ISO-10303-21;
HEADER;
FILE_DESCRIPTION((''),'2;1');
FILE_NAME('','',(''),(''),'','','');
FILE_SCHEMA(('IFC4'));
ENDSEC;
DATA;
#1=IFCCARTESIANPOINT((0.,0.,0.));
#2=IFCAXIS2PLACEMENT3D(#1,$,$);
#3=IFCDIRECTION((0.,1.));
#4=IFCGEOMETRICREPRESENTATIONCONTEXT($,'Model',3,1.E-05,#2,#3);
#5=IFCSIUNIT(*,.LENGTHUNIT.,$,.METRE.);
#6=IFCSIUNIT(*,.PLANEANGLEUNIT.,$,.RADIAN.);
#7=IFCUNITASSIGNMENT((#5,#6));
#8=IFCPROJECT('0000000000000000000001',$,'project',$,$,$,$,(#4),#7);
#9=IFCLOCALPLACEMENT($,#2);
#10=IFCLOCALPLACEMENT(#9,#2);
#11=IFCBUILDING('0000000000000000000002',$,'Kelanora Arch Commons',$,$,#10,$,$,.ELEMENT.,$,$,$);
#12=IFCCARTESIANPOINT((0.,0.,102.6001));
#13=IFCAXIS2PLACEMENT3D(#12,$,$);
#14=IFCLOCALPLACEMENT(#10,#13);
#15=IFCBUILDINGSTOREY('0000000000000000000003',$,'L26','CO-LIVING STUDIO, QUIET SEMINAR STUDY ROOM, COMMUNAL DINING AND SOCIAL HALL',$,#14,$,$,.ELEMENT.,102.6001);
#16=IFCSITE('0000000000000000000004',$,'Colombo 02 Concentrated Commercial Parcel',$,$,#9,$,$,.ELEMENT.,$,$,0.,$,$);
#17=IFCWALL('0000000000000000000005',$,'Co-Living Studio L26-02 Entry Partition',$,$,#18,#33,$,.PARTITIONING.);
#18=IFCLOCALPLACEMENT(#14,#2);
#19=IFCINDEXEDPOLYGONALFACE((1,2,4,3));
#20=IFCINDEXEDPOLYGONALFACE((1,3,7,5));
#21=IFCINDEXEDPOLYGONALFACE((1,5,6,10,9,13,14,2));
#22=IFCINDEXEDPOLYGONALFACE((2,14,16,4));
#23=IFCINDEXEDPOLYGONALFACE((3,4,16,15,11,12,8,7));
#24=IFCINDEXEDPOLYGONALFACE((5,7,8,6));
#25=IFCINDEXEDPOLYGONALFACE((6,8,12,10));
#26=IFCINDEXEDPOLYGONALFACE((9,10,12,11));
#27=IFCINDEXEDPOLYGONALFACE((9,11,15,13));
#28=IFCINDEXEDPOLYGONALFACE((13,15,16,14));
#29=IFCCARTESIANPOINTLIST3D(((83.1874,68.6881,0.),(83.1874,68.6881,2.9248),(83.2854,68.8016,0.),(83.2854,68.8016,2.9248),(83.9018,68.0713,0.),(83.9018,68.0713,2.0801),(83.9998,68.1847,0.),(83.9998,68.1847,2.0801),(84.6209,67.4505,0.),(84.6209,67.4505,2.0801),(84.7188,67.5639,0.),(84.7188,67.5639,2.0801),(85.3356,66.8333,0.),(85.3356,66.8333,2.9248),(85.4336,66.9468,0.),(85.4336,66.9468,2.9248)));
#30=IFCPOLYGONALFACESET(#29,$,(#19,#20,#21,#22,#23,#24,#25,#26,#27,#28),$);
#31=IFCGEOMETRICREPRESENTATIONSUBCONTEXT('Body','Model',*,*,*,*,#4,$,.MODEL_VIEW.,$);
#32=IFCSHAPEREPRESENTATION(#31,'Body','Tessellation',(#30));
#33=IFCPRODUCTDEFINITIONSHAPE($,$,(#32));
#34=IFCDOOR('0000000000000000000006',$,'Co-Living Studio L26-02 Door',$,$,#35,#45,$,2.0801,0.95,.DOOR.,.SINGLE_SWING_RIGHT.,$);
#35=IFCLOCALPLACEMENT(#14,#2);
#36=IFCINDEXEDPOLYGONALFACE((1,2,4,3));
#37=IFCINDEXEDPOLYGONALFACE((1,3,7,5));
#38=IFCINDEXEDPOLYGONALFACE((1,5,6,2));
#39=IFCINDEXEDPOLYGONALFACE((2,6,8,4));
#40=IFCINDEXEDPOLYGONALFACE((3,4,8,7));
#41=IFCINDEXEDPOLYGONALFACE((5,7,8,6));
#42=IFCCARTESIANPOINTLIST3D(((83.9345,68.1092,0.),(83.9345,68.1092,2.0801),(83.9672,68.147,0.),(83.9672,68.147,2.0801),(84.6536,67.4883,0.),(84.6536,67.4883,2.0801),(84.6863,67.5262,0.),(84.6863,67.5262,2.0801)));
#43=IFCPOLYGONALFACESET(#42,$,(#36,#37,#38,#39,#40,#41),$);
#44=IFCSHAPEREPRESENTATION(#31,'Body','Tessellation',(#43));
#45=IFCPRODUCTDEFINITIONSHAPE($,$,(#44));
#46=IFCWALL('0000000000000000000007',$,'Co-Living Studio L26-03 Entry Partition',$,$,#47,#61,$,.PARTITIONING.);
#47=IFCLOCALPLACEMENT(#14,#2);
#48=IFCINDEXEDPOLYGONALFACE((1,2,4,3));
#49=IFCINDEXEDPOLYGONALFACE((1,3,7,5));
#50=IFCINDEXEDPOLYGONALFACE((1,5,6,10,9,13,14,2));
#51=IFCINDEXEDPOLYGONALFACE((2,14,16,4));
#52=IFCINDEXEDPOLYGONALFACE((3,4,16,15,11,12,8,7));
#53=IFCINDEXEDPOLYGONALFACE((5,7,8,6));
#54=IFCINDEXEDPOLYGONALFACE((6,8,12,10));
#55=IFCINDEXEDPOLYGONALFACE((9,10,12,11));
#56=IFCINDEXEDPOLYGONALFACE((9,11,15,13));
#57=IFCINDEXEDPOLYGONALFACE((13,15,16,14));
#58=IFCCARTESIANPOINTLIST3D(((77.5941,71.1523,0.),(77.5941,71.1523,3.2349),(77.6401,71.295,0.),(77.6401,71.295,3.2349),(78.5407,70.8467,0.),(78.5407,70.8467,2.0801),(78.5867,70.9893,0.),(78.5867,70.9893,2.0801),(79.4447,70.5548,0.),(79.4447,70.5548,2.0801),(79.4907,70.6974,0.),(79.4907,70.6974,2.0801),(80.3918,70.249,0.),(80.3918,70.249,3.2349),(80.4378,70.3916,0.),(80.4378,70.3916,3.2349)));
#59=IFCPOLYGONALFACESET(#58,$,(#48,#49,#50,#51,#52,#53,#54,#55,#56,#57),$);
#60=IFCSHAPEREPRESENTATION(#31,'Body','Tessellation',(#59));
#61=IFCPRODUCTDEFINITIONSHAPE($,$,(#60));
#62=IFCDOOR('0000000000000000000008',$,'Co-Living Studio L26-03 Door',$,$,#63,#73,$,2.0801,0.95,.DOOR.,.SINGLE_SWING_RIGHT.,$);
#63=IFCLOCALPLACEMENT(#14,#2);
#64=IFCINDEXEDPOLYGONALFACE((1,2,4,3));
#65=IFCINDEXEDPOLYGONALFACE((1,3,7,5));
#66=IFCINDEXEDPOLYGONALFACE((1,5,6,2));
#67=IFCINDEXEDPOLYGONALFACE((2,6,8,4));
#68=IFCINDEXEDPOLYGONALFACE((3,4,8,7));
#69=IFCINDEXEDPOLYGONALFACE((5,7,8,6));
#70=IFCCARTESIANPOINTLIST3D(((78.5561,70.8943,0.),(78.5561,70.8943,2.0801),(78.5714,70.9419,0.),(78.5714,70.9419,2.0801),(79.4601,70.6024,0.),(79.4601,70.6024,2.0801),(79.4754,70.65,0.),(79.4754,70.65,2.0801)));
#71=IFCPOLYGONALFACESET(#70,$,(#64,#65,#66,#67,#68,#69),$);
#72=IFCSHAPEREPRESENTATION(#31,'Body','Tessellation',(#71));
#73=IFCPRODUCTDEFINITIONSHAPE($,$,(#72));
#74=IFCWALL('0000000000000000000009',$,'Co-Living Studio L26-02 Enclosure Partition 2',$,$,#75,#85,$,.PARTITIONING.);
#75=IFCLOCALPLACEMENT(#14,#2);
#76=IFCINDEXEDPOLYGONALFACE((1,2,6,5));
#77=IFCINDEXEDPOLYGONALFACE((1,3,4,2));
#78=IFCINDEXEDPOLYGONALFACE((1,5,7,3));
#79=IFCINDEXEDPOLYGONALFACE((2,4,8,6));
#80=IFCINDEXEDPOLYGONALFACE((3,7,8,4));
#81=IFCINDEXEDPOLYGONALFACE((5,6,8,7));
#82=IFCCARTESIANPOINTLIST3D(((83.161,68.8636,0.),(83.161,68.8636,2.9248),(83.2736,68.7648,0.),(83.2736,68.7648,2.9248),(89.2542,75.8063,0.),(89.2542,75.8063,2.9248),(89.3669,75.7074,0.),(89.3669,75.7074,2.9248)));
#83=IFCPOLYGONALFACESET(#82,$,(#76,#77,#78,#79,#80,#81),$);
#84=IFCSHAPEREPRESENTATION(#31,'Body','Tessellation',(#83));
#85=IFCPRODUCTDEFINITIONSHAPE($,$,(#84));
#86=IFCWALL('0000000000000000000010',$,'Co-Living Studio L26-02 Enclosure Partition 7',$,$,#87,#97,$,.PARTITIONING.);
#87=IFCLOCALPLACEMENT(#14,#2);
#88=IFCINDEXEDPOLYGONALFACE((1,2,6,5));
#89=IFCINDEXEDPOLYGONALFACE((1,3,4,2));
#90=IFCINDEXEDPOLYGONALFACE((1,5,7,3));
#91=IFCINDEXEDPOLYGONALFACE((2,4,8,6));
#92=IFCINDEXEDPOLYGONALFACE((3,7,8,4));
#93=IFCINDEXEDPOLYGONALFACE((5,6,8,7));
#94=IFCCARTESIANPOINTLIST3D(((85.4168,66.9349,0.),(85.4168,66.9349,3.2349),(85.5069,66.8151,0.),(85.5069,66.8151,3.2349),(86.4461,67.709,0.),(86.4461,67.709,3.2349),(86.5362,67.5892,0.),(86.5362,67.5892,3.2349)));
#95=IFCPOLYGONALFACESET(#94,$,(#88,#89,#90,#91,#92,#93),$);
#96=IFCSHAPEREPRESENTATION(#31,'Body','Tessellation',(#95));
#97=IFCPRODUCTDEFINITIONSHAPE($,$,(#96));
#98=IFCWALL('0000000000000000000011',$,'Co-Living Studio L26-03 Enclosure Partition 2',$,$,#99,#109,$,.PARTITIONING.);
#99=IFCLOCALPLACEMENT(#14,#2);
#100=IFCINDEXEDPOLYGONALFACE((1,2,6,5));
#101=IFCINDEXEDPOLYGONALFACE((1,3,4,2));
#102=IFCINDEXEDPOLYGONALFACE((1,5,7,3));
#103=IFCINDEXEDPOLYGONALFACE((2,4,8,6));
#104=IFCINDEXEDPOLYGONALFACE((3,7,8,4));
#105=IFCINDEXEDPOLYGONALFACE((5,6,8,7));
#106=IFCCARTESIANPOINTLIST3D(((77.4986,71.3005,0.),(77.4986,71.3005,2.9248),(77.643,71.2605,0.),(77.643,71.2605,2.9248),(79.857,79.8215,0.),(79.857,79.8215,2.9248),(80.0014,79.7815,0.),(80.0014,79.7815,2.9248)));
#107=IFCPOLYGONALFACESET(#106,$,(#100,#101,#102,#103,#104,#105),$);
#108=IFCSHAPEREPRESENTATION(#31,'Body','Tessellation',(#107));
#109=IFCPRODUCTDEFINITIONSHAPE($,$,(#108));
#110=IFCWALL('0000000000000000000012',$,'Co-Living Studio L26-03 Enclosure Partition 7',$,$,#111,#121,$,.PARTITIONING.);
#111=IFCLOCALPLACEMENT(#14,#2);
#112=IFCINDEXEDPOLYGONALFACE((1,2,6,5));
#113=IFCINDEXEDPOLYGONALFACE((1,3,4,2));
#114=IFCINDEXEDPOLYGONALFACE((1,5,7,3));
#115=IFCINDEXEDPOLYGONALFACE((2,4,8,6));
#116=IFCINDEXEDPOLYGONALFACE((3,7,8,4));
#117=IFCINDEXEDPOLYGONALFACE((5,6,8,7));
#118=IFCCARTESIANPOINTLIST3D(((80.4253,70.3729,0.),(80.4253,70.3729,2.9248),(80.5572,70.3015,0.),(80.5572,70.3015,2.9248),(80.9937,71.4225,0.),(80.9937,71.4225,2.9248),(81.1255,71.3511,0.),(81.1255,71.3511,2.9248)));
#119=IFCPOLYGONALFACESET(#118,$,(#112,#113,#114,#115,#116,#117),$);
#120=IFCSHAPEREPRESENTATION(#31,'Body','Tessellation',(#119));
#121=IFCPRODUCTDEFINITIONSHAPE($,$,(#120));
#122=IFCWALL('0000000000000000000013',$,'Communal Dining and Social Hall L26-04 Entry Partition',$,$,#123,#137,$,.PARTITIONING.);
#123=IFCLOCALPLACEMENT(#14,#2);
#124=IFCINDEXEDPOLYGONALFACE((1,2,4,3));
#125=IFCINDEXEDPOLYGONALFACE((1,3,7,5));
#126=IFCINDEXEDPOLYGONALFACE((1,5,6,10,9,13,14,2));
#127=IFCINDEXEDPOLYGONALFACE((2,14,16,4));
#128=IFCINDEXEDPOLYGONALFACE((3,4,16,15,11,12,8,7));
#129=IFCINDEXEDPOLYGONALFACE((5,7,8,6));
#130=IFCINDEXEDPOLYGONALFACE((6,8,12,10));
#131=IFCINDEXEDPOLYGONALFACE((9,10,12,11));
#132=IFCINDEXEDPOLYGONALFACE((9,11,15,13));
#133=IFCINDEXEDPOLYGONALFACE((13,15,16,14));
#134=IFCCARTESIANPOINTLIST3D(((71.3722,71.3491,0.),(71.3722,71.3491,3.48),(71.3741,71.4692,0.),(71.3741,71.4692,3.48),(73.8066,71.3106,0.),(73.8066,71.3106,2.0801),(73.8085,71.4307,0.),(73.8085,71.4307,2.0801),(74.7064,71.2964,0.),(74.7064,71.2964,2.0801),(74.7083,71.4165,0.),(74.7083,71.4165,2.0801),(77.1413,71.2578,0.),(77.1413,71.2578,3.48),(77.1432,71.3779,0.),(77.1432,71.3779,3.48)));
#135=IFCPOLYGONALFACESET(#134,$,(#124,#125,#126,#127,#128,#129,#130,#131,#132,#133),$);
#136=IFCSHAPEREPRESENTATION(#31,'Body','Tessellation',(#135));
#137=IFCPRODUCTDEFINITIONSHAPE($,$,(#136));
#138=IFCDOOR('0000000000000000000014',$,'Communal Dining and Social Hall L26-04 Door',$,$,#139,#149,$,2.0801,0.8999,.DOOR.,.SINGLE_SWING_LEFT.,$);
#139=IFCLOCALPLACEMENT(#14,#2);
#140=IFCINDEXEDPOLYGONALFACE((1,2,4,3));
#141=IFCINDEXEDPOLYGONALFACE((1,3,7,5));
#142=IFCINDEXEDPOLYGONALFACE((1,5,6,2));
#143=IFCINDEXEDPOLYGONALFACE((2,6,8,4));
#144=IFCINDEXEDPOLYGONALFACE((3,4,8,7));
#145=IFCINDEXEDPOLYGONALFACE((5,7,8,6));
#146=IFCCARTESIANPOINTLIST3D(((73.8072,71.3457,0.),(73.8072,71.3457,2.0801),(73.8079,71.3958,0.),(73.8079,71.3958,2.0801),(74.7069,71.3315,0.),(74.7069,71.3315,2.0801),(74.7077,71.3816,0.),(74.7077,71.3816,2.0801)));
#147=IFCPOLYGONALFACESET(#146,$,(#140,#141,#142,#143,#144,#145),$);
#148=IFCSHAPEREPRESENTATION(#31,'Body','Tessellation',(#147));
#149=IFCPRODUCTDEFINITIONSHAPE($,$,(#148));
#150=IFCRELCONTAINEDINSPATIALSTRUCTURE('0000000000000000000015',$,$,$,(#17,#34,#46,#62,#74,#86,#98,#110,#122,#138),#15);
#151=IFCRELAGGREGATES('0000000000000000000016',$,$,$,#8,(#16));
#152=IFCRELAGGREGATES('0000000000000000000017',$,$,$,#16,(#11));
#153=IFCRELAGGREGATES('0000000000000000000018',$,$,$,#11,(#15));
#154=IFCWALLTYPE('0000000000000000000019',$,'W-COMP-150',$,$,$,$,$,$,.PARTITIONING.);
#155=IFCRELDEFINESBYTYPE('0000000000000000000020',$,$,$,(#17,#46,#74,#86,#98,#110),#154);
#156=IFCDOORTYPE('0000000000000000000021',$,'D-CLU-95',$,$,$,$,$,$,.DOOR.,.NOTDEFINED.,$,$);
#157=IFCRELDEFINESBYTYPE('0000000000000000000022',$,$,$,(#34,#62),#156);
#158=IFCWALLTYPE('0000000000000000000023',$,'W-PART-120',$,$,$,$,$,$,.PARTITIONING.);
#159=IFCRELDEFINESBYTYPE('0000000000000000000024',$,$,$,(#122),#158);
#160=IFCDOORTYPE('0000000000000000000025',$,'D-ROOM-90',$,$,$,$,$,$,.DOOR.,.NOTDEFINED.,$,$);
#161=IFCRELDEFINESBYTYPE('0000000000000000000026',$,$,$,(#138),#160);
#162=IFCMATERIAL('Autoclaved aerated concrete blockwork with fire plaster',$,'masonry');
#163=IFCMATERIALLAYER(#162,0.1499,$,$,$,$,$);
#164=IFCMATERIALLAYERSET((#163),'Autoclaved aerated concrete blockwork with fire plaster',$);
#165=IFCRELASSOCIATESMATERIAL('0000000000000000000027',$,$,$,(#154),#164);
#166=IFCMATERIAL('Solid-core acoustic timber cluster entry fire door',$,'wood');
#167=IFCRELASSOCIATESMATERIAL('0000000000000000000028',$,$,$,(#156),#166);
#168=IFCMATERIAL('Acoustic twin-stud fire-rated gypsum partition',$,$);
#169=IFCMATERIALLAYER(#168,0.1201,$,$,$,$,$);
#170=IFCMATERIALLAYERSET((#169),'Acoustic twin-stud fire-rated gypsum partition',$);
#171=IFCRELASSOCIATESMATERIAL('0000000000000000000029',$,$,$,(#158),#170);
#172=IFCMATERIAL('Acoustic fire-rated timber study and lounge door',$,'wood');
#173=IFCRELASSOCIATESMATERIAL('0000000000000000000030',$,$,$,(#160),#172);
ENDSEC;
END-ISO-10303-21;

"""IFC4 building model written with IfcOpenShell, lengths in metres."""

from ifc_helpers import new_model, si_unit, direction, frame, frame_2d, origin, place, context, subcontext, project, spatial, rectangle, extrude, material, layer, layer_set, type_object, element, fill, save


model = new_model("IFC4")

# Units and contexts
model_context = context("Model", 3, precision=1e-05, world=origin(), true_north=direction((0.0, 1.0)))
body_context = subcontext(model_context, "Body", "Model", "MODEL_VIEW")
ifc_project = project(units=[si_unit("LENGTHUNIT", "METRE"), si_unit("PLANEANGLEUNIT", "RADIAN")], contexts=[model_context])

# Site, building, storey
site_placement = place(None, origin())
site = spatial("IfcSite", under=ifc_project, at=site_placement, Name="Colombo 02 Concentrated Commercial Parcel", CompositionType="ELEMENT", RefElevation=0.0)
building_placement = place(site_placement, origin())
building = spatial("IfcBuilding", under=site, at=building_placement, Name="Kelanora Arch Commons", CompositionType="ELEMENT")
storey_placement = place(building_placement, frame((0.0, 0.0, 102.6001)))
storey = spatial("IfcBuildingStorey", under=building, at=storey_placement, Name="L26", Description="CO-LIVING STUDIO, QUIET SEMINAR STUDY ROOM, COMMUNAL DINING AND SOCIAL HALL", CompositionType="ELEMENT", Elevation=102.6001)

# Walls, openings, doors
ifc_material_1 = material(Name="Autoclaved aerated concrete blockwork with fire plaster", Category="masonry")
ifc_layer_1 = layer(ifc_material_1, 0.1499)
ifc_layer_set_1 = layer_set([ifc_layer_1], Name="Autoclaved aerated concrete blockwork with fire plaster")
wall_type_1 = type_object("IfcWallType", Name="W-COMP-150", PredefinedType="PARTITIONING", material=ifc_layer_set_1)
wall_1_placement = place(storey_placement, frame((85.3845, 66.8901, 0.0), z_axis=(0.0, 0.0, 1.0), x_axis=(-0.756914, 0.653515, 0.0)))
wall_1 = element("IfcWall", 1, at=wall_1_placement, inside=storey, type_object=wall_type_1, Name="Co-Living Studio L26-02 Entry Partition", PredefinedType="PARTITIONING", context=body_context, shape_type="SweptSolid", body=[
    extrude(rectangle(XDim=2.8381, YDim=0.1499, at=frame_2d((1.4189, 0.0))), origin(), (0.0, 0.0, 1.0), 2.9248),
])
opening_1_placement = place(wall_1_placement, frame((0.9441, 0.0, 0.0)))
opening_1 = element("IfcOpeningElement", 2, at=opening_1_placement, cuts=wall_1, PredefinedType="OPENING", context=body_context, shape_type="SweptSolid", body=[
    extrude(rectangle(XDim=0.95, YDim=2.0801, at=frame_2d((0.4751, 1.04))), frame((0.0, 0.085, 0.0), z_axis=(0.0, -1.0, 0.0), x_axis=(1.0, 0.0, 0.0)), (0.0, 0.0, 1.0), 0.1699),
])
ifc_material_2 = material(Name="Solid-core acoustic timber cluster entry fire door", Category="wood")
door_type_1 = type_object("IfcDoorType", Name="D-CLU-95", OperationType="NOTDEFINED", PredefinedType="DOOR", material=ifc_material_2)
door_1_placement = place(opening_1_placement, origin())
door_1 = element("IfcDoor", 3, at=door_1_placement, inside=storey, type_object=door_type_1, Name="Co-Living Studio L26-02 Door", OperationType="SINGLE_SWING_RIGHT", OverallHeight=2.0801, OverallWidth=0.95, PredefinedType="DOOR", context=body_context, shape_type="SweptSolid", body=[
    extrude(rectangle(XDim=0.95, YDim=2.0801, at=frame_2d((0.4751, 1.04))), frame((0.0, 0.0249, 0.0), z_axis=(0.0, -1.0, 0.0), x_axis=(1.0, 0.0, 0.0)), (0.0, 0.0, 1.0), 0.05),
])
fill(opening_1, door_1)
wall_2_placement = place(storey_placement, frame((80.4148, 70.3203, 0.0), z_axis=(0.0, 0.0, 1.0), x_axis=(-0.951622, 0.30727, 0.0)))
wall_2 = element("IfcWall", 4, at=wall_2_placement, inside=storey, type_object=wall_type_1, Name="Co-Living Studio L26-03 Entry Partition", PredefinedType="PARTITIONING", context=body_context, shape_type="SweptSolid", body=[
    extrude(rectangle(XDim=2.9399, YDim=0.1499, at=frame_2d((1.47, 0.0))), origin(), (0.0, 0.0, 1.0), 3.2349),
])
opening_2_placement = place(wall_2_placement, frame((0.9951, 0.0, 0.0)))
opening_2 = element("IfcOpeningElement", 5, at=opening_2_placement, cuts=wall_2, PredefinedType="OPENING", context=body_context, shape_type="SweptSolid", body=[
    extrude(rectangle(XDim=0.95, YDim=2.0801, at=frame_2d((0.4751, 1.04))), frame((0.0, 0.085, 0.0), z_axis=(0.0, -1.0, 0.0), x_axis=(1.0, 0.0, 0.0)), (0.0, 0.0, 1.0), 0.1699),
])
door_2_placement = place(opening_2_placement, origin())
door_2 = element("IfcDoor", 6, at=door_2_placement, inside=storey, type_object=door_type_1, Name="Co-Living Studio L26-03 Door", OperationType="SINGLE_SWING_RIGHT", OverallHeight=2.0801, OverallWidth=0.95, PredefinedType="DOOR", context=body_context, shape_type="SweptSolid", body=[
    extrude(rectangle(XDim=0.95, YDim=2.0801, at=frame_2d((0.4751, 1.04))), frame((0.0, 0.0249, 0.0), z_axis=(0.0, -1.0, 0.0), x_axis=(1.0, 0.0, 0.0)), (0.0, 0.0, 1.0), 0.05),
])
fill(opening_2, door_2)

# Walls
wall_3_placement = place(storey_placement, frame((83.2173, 68.8142, 0.0), z_axis=(0.0, 0.0, 1.0), x_axis=(0.659636, 0.751585, 0.0)))
element("IfcWall", 7, at=wall_3_placement, inside=storey, type_object=wall_type_1, Name="Co-Living Studio L26-02 Enclosure Partition 2", PredefinedType="PARTITIONING", context=body_context, shape_type="SweptSolid", body=[
    extrude(rectangle(XDim=9.2373, YDim=0.1499, at=frame_2d((4.6187, 0.0))), origin(), (0.0, 0.0, 1.0), 2.9248),
])
wall_4_placement = place(storey_placement, frame((86.4912, 67.6492, 0.0), z_axis=(0.0, 0.0, 1.0), x_axis=(-0.79918, -0.601091, 0.0)))
element("IfcWall", 8, at=wall_4_placement, inside=storey, type_object=wall_type_1, Name="Co-Living Studio L26-02 Enclosure Partition 7", PredefinedType="PARTITIONING", context=body_context, shape_type="SweptSolid", body=[
    extrude(rectangle(XDim=1.2878, YDim=0.1499, at=frame_2d((0.644, 0.0))), origin(), (0.0, 0.0, 1.0), 3.2349),
])
wall_5_placement = place(storey_placement, frame((77.5708, 71.2805, 0.0), z_axis=(0.0, 0.0, 1.0), x_axis=(0.266747, 0.963767, 0.0)))
element("IfcWall", 9, at=wall_5_placement, inside=storey, type_object=wall_type_1, Name="Co-Living Studio L26-03 Enclosure Partition 2", PredefinedType="PARTITIONING", context=body_context, shape_type="SweptSolid", body=[
    extrude(rectangle(XDim=8.8413, YDim=0.1499, at=frame_2d((4.4207, 0.0))), origin(), (0.0, 0.0, 1.0), 2.9248),
])
wall_6_placement = place(storey_placement, frame((81.0596, 71.3867, 0.0), z_axis=(0.0, 0.0, 1.0), x_axis=(-0.476184, -0.879346, 0.0)))
element("IfcWall", 10, at=wall_6_placement, inside=storey, type_object=wall_type_1, Name="Co-Living Studio L26-03 Enclosure Partition 7", PredefinedType="PARTITIONING", context=body_context, shape_type="SweptSolid", body=[
    extrude(rectangle(XDim=1.1936, YDim=0.1499, at=frame_2d((0.5967, 0.0))), origin(), (0.0, 0.0, 1.0), 2.9248),
])

# Wall, opening, door
ifc_material_3 = material(Name="Acoustic twin-stud fire-rated gypsum partition")
ifc_layer_2 = layer(ifc_material_3, 0.1201)
ifc_layer_set_2 = layer_set([ifc_layer_2], Name="Acoustic twin-stud fire-rated gypsum partition")
wall_type_2 = type_object("IfcWallType", Name="W-PART-120", PredefinedType="PARTITIONING", material=ifc_layer_set_2)
wall_7_placement = place(storey_placement, frame((77.1421, 71.3179, 0.0), z_axis=(0.0, 0.0, 1.0), x_axis=(-0.999875, 0.015825, 0.0)))
wall_7 = element("IfcWall", 11, at=wall_7_placement, inside=storey, type_object=wall_type_2, Name="Communal Dining and Social Hall L26-04 Entry Partition", PredefinedType="PARTITIONING", context=body_context, shape_type="SweptSolid", body=[
    extrude(rectangle(XDim=5.7698, YDim=0.1201, at=frame_2d((2.8848, 0.0))), origin(), (0.0, 0.0, 1.0), 3.48),
])
opening_3_placement = place(wall_7_placement, frame((2.4351, 0.0, 0.0)))
opening_3 = element("IfcOpeningElement", 12, at=opening_3_placement, cuts=wall_7, PredefinedType="OPENING", context=body_context, shape_type="SweptSolid", body=[
    extrude(rectangle(XDim=0.8999, YDim=2.0801, at=frame_2d((0.45, 1.04))), frame((0.0, 0.0701, 0.0), z_axis=(0.0, -1.0, 0.0), x_axis=(1.0, 0.0, 0.0)), (0.0, 0.0, 1.0), 0.1401),
])
ifc_material_4 = material(Name="Acoustic fire-rated timber study and lounge door", Category="wood")
door_type_2 = type_object("IfcDoorType", Name="D-ROOM-90", OperationType="NOTDEFINED", PredefinedType="DOOR", material=ifc_material_4)
door_3_placement = place(opening_3_placement, origin())
door_3 = element("IfcDoor", 13, at=door_3_placement, inside=storey, type_object=door_type_2, Name="Communal Dining and Social Hall L26-04 Door", OperationType="SINGLE_SWING_LEFT", OverallHeight=2.0801, OverallWidth=0.8999, PredefinedType="DOOR", context=body_context, shape_type="SweptSolid", body=[
    extrude(rectangle(XDim=0.8999, YDim=2.0801, at=frame_2d((0.45, 1.04))), frame((0.0, 0.0249, 0.0), z_axis=(0.0, -1.0, 0.0), x_axis=(1.0, 0.0, 0.0)), (0.0, 0.0, 1.0), 0.05),
])
fill(opening_3, door_3)

save(model, "model.ifc")
